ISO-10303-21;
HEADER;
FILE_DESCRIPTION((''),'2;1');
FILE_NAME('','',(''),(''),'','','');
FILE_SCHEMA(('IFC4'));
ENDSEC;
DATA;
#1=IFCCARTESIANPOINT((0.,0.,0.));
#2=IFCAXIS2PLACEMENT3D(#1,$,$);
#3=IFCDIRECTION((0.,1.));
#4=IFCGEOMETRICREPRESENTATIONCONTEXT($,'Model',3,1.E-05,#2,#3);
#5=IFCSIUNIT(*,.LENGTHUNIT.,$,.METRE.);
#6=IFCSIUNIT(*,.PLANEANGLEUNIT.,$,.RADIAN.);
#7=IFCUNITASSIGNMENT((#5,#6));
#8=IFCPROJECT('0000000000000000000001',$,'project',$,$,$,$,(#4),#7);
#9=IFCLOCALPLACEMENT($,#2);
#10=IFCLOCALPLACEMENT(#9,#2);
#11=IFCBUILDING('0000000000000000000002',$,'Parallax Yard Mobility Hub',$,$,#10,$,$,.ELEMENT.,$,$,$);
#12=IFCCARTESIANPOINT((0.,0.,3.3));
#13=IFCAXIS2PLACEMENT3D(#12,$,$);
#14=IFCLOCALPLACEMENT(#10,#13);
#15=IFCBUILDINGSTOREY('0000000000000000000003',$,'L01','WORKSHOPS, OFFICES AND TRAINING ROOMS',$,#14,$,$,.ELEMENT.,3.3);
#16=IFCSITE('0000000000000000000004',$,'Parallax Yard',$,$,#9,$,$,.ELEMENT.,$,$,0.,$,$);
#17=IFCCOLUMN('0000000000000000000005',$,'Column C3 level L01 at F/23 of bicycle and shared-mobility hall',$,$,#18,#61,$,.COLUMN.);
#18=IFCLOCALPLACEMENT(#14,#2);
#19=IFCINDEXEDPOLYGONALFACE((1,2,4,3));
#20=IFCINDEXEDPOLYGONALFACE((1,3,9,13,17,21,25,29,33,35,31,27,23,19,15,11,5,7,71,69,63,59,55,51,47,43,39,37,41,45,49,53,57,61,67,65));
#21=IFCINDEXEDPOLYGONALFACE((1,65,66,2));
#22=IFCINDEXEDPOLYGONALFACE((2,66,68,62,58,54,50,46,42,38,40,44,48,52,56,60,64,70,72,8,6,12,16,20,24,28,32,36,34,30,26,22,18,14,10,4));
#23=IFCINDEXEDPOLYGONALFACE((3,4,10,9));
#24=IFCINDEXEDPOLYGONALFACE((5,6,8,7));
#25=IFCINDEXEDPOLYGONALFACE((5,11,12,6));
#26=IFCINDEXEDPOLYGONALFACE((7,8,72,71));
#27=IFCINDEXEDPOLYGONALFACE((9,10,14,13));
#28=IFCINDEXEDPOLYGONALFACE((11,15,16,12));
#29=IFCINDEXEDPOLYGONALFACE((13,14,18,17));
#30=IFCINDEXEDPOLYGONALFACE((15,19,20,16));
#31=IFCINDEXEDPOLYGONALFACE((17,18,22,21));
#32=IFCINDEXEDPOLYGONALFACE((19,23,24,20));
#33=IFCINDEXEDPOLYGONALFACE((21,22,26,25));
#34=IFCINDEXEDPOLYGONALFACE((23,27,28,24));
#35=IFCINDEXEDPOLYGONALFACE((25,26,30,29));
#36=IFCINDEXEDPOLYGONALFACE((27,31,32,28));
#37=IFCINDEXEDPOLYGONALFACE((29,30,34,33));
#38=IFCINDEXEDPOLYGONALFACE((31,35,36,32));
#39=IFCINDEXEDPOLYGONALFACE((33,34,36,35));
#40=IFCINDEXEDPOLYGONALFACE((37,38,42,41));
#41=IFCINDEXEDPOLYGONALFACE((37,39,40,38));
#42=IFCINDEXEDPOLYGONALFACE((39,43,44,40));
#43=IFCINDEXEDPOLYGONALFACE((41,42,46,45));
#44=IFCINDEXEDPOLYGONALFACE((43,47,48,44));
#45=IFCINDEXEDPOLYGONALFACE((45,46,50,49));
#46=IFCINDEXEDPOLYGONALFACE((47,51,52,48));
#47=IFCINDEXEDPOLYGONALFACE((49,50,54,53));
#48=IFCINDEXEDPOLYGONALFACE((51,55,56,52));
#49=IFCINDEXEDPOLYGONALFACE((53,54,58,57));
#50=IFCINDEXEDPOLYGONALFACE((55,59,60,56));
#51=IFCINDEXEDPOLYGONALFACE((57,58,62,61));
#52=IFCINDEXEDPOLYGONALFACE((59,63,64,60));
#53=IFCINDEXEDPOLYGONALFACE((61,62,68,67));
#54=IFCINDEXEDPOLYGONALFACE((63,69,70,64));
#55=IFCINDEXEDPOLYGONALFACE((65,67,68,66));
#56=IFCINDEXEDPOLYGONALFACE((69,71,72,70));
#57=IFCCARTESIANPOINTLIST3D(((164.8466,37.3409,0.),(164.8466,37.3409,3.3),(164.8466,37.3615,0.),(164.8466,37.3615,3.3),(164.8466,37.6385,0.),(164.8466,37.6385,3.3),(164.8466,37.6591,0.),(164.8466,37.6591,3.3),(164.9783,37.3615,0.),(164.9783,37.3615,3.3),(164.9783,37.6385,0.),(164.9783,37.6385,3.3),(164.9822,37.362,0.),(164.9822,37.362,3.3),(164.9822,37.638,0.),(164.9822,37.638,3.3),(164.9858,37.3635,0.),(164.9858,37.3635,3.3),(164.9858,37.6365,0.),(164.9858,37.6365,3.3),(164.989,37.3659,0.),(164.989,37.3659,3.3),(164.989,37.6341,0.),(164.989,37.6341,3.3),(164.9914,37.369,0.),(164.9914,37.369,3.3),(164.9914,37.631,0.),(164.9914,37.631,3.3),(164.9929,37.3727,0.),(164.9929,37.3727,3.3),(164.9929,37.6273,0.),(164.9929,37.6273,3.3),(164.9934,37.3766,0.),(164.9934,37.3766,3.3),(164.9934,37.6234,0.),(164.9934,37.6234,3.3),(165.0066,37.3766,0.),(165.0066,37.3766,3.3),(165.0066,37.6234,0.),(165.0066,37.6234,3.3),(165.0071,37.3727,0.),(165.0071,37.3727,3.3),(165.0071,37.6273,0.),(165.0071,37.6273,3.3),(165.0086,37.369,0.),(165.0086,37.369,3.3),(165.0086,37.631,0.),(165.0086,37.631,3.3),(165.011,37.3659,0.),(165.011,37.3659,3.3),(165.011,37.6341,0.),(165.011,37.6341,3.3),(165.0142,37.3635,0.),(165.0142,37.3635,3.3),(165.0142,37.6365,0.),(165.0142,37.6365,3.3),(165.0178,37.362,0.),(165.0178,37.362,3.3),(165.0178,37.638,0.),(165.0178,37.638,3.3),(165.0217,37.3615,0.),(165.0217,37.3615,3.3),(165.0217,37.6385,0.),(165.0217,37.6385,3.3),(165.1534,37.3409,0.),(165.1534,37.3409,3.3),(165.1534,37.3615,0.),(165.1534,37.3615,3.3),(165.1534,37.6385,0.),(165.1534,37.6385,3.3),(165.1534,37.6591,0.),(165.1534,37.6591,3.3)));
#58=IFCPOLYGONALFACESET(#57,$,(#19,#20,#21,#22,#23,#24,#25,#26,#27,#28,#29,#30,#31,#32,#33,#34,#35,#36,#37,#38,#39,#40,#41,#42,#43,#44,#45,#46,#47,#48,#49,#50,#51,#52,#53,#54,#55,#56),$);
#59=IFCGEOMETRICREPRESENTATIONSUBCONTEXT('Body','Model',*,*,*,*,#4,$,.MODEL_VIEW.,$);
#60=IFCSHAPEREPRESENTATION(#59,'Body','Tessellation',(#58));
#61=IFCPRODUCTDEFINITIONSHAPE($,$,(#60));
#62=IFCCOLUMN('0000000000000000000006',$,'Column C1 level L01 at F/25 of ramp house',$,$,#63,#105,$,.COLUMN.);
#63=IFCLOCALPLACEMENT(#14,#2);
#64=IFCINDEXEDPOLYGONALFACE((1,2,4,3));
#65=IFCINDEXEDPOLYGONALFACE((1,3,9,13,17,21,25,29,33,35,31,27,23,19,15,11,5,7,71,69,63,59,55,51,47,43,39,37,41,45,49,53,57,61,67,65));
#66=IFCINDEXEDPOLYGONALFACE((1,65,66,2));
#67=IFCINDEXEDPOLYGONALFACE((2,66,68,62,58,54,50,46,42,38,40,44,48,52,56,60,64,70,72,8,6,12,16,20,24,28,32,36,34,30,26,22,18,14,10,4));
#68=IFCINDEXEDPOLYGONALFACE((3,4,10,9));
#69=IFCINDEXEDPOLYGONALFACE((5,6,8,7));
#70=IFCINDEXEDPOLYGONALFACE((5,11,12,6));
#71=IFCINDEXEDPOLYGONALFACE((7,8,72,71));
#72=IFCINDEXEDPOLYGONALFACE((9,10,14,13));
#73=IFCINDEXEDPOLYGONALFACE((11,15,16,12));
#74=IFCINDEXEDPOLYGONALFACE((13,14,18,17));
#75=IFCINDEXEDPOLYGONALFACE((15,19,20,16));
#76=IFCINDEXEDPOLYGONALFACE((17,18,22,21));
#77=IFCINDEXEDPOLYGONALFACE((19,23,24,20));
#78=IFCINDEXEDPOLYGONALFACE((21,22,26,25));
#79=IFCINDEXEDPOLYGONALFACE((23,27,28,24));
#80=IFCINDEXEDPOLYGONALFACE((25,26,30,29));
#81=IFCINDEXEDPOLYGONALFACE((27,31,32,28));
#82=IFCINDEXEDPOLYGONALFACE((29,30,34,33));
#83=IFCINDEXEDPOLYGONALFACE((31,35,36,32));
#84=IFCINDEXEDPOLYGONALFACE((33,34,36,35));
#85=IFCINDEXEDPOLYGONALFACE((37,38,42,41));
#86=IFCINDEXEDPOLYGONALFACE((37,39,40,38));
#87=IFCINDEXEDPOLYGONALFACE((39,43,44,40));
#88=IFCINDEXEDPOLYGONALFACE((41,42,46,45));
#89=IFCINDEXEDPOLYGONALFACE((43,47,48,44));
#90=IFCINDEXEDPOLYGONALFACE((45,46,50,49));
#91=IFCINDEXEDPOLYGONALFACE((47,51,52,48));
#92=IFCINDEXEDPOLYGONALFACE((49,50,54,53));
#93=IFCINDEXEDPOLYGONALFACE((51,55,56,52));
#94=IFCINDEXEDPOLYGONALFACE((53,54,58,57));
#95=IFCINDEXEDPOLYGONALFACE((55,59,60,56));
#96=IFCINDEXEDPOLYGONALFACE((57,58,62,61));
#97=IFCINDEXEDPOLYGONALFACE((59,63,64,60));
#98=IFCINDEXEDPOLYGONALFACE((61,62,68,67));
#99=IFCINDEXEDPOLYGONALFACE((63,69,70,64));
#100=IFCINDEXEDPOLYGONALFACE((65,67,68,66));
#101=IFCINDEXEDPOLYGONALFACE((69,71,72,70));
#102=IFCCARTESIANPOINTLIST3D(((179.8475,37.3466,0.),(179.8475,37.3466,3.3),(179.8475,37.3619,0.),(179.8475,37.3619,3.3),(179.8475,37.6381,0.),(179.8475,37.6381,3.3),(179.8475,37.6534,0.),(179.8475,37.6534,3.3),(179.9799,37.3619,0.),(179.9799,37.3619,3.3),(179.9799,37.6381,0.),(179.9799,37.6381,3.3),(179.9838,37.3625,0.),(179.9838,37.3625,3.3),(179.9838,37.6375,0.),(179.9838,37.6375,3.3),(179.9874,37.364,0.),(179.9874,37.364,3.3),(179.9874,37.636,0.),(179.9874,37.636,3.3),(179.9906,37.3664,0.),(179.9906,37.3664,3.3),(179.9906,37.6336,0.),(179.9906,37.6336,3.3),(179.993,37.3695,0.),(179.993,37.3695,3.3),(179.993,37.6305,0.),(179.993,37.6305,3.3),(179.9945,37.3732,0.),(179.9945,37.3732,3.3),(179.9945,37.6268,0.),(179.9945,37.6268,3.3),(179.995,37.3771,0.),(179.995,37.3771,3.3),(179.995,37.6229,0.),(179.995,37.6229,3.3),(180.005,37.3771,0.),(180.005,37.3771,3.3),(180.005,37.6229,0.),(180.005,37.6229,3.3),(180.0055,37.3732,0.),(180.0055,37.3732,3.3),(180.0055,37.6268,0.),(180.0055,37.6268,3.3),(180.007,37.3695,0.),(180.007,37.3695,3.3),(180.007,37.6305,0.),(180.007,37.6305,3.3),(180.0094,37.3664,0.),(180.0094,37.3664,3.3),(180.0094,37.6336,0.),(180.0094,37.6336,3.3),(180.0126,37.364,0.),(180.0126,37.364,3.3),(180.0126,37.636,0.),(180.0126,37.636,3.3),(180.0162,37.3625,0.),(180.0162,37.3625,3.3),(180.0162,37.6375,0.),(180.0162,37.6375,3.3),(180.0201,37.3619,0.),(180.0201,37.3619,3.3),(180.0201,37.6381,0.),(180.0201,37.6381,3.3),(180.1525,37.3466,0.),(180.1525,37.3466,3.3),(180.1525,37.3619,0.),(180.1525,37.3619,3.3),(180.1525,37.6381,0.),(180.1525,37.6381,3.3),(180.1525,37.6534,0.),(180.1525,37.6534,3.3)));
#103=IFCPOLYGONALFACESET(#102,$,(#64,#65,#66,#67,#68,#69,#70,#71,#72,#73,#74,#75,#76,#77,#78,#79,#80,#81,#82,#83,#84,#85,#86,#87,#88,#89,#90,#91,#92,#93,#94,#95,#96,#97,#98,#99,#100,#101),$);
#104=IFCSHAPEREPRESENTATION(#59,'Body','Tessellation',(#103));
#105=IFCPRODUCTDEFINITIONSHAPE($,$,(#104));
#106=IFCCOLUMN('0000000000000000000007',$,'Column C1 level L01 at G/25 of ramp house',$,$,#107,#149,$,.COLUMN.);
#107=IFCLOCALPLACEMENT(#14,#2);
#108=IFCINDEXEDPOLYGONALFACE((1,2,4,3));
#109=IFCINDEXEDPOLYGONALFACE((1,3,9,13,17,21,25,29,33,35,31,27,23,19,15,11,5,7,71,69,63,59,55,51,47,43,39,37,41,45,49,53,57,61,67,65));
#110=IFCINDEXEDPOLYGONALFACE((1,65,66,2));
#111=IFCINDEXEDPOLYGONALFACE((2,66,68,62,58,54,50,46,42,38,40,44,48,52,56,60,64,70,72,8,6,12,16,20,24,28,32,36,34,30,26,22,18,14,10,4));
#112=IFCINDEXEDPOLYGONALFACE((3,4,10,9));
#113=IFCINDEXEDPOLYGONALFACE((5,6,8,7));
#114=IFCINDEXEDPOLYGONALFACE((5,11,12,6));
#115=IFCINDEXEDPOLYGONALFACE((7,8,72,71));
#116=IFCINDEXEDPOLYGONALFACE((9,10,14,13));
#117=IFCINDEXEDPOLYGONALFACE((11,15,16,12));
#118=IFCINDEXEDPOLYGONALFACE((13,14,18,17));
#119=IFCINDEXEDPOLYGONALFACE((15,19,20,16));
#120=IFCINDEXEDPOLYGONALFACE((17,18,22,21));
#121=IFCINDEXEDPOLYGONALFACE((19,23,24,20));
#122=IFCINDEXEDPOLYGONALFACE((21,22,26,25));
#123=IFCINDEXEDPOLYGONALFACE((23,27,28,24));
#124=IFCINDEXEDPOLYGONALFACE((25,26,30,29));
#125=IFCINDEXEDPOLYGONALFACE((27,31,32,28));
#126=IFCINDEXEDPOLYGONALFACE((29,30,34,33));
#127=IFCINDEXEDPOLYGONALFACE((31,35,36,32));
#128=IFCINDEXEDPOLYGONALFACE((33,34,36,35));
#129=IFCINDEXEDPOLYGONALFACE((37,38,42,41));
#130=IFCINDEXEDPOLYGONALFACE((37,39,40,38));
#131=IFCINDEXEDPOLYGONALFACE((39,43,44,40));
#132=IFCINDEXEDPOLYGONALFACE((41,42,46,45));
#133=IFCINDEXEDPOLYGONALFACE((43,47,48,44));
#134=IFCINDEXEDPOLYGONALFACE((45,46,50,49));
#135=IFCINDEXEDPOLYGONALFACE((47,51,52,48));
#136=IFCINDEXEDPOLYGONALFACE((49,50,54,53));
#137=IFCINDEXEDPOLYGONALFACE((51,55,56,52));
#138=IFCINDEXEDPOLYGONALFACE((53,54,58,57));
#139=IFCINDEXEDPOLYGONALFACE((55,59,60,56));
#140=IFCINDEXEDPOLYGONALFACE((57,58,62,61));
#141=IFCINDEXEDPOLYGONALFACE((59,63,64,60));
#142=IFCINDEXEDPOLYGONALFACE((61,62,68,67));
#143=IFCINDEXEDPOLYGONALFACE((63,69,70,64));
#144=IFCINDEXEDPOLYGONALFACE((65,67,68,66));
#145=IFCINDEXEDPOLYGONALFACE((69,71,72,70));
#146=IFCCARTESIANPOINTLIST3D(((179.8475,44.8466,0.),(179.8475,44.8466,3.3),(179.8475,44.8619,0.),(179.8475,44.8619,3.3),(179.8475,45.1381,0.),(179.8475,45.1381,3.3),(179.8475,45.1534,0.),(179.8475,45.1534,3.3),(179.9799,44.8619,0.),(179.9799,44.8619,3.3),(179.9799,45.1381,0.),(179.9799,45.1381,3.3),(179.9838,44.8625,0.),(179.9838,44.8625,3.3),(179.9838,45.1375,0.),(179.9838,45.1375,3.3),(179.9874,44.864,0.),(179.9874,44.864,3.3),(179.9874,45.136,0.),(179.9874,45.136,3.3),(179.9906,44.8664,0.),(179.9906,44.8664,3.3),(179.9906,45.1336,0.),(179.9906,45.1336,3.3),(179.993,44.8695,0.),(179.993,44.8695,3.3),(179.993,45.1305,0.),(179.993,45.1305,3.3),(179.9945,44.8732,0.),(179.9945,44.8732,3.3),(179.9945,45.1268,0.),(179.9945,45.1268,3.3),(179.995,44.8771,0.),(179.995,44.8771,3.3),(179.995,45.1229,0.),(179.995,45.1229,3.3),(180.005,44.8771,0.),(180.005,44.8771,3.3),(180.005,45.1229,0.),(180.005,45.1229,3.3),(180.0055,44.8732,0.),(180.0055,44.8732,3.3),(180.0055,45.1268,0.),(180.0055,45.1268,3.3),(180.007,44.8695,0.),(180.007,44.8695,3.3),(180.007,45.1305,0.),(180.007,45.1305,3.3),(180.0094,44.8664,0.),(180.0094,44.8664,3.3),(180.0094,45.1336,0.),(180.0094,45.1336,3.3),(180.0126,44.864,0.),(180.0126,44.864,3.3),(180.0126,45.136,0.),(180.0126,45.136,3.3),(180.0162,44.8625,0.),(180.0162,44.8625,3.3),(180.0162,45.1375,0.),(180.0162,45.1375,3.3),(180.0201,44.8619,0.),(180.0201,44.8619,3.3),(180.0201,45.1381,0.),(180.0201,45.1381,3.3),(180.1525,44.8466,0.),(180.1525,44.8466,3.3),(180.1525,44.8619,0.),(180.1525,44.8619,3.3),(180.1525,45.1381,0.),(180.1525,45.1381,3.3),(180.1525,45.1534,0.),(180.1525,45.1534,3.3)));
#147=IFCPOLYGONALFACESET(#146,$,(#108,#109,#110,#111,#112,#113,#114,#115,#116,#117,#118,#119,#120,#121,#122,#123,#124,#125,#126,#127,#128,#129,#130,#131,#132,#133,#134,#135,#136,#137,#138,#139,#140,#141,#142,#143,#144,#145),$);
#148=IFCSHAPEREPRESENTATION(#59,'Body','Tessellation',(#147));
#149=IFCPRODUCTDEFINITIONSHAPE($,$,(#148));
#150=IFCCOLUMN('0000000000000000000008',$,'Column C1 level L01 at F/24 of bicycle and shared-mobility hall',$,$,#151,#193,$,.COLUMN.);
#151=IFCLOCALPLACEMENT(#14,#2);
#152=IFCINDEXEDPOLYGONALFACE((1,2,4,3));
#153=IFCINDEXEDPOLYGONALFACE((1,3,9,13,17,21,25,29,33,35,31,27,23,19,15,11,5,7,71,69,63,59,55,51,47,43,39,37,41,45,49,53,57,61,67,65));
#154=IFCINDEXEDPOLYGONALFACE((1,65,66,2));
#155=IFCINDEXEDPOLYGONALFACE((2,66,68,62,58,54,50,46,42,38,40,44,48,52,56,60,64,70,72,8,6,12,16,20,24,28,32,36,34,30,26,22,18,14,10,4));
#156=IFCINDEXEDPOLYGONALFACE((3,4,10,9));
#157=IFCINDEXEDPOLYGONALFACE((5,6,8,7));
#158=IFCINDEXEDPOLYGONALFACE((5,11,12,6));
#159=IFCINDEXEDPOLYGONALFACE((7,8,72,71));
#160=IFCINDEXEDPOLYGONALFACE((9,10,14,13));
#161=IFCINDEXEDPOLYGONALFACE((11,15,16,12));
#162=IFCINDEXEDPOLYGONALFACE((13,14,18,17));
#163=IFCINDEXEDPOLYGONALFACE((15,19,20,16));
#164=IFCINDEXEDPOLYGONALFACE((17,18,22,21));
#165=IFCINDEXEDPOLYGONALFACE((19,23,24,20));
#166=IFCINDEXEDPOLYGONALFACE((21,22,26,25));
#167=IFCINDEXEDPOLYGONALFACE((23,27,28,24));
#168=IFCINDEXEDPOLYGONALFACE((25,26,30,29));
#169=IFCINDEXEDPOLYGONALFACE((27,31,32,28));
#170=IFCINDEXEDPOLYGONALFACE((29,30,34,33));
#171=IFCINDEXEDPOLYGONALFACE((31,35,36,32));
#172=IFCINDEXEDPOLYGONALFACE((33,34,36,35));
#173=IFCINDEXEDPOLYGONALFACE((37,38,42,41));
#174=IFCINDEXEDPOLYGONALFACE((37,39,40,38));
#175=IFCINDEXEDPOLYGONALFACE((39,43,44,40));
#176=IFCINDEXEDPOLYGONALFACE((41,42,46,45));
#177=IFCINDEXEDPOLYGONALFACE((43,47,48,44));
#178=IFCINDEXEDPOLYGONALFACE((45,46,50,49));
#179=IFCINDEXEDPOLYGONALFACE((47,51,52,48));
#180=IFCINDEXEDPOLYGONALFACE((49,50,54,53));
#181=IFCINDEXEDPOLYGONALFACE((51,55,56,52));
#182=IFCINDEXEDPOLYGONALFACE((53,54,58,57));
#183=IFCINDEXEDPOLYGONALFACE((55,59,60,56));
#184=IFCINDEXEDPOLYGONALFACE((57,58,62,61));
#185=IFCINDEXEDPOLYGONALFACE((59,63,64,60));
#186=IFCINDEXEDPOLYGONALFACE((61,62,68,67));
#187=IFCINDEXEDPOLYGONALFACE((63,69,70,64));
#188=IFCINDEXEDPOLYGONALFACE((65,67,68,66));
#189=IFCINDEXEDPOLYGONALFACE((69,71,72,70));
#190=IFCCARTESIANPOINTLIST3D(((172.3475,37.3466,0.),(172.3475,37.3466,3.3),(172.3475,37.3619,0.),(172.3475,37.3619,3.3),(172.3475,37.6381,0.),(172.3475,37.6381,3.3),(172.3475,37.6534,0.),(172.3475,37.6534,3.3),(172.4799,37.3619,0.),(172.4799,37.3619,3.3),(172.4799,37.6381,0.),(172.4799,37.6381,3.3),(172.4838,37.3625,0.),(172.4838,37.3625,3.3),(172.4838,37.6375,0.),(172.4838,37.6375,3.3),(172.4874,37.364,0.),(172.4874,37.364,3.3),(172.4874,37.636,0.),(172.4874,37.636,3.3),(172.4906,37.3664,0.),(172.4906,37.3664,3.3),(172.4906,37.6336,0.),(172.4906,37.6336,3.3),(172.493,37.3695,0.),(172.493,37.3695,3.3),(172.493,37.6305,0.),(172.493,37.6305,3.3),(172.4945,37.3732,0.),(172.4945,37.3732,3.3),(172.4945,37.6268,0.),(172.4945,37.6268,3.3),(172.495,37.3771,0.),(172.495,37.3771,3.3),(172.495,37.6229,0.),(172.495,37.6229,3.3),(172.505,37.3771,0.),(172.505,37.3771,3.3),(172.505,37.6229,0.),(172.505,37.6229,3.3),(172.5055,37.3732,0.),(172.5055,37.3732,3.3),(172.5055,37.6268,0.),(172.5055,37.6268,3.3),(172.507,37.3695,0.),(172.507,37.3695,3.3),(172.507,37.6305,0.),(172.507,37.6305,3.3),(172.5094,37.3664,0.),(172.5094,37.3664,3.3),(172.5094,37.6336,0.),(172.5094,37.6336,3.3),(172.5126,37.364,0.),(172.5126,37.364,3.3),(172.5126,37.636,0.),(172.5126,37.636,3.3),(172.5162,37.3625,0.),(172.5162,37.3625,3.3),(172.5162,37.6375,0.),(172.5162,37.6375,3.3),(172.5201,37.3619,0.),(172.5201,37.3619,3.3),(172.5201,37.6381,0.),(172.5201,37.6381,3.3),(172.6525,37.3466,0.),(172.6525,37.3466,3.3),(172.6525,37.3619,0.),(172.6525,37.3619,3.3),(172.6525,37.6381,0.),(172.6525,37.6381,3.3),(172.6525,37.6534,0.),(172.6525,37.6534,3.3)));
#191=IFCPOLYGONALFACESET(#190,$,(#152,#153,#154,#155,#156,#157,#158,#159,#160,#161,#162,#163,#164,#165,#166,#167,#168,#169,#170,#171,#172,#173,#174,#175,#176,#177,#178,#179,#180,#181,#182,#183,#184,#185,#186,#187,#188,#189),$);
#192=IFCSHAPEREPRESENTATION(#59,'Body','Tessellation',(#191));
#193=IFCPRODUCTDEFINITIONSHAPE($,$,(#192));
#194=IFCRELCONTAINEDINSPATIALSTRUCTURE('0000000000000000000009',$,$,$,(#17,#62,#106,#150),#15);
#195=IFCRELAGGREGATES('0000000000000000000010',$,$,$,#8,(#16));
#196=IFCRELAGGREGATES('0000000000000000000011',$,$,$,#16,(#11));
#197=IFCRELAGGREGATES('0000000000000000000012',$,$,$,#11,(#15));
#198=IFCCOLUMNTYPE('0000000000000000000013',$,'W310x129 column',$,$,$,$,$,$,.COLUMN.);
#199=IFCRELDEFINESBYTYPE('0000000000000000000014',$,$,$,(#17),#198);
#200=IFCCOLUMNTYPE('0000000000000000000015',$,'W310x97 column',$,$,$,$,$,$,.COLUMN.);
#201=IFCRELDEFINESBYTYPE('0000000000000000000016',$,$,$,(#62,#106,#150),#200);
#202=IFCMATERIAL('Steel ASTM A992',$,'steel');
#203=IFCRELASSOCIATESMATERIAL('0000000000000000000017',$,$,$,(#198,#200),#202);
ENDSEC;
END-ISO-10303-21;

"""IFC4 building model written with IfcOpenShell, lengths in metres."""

from ifc_helpers import new_model, si_unit, direction, frame, origin, origin_2d, place, context, subcontext, project, spatial, i_section, extrude, material, material_profile, profile_set, type_object, element, save


model = new_model("IFC4")

# Units and contexts
model_context = context("Model", 3, precision=1e-05, world=origin(), true_north=direction((0.0, 1.0)))
body_context = subcontext(model_context, "Body", "Model", "MODEL_VIEW")
ifc_project = project(units=[si_unit("LENGTHUNIT", "METRE"), si_unit("PLANEANGLEUNIT", "RADIAN")], contexts=[model_context])

# Site, building, storey
site_placement = place(None, origin())
site = spatial("IfcSite", under=ifc_project, at=site_placement, Name="Parallax Yard", CompositionType="ELEMENT", RefElevation=0.0)
building_placement = place(site_placement, origin())
building = spatial("IfcBuilding", under=site, at=building_placement, Name="Parallax Yard Mobility Hub", CompositionType="ELEMENT")
storey_placement = place(building_placement, frame((0.0, 0.0, 3.3)))
storey = spatial("IfcBuildingStorey", under=building, at=storey_placement, Name="L01", Description="WORKSHOPS, OFFICES AND TRAINING ROOMS", CompositionType="ELEMENT", Elevation=3.3)

# Columns
ifc_material_1 = material(Name="Steel ASTM A992", Category="steel")
ifc_material_profile_1 = material_profile(ifc_material_1, i_section(OverallWidth=0.3069, OverallDepth=0.3181, WebThickness=0.0132, FlangeThickness=0.0205, FilletRadius=0.0151, at=origin_2d()), Name="W310x129")
ifc_profile_set_1 = profile_set([ifc_material_profile_1], Name="Steel ASTM A992")
column_type_1 = type_object("IfcColumnType", Name="W310x129 column", PredefinedType="COLUMN", material=ifc_profile_set_1)
column_placement = place(storey_placement, frame((165.0, 37.5, 0.0), z_axis=(0.0, 0.0, 1.0), x_axis=(1.0, 0.0, 0.0)))
element("IfcColumn", 1, at=column_placement, inside=storey, type_object=column_type_1, Name="Column C3 level L01 at F/23 of bicycle and shared-mobility hall", PredefinedType="COLUMN", context=body_context, shape_type="SweptSolid", body=[
    extrude(i_section(OverallWidth=0.3069, OverallDepth=0.3181, WebThickness=0.0132, FlangeThickness=0.0205, FilletRadius=0.0151, at=origin_2d()), origin(), (0.0, 0.0, 1.0), 3.3),
])
ifc_material_profile_2 = material_profile(ifc_material_1, i_section(OverallWidth=0.3049, OverallDepth=0.3069, WebThickness=0.01, FlangeThickness=0.0154, FilletRadius=0.0151, at=origin_2d()), Name="W310x97")
ifc_profile_set_2 = profile_set([ifc_material_profile_2], Name="Steel ASTM A992")
column_type_2 = type_object("IfcColumnType", Name="W310x97 column", PredefinedType="COLUMN", material=ifc_profile_set_2)
for number, where, z_axis, x_axis, name in (
    (2, (180.0, 37.5, 0.0), (0.0, 0.0, 1.0), (1.0, 0.0, 0.0), "Column C1 level L01 at F/25 of ramp house"),
    (3, (180.0, 45.0, 0.0), (0.0, 0.0, 1.0), (1.0, 0.0, 0.0), "Column C1 level L01 at G/25 of ramp house"),
    (4, (172.5, 37.5, 0.0), (0.0, 0.0, 1.0), (1.0, 0.0, 0.0), "Column C1 level L01 at F/24 of bicycle and shared-mobility hall"),
):
    element("IfcColumn", number, at=place(storey_placement, frame(where, z_axis=z_axis, x_axis=x_axis)), inside=storey, type_object=column_type_2, Name=name, PredefinedType="COLUMN", context=body_context, shape_type="SweptSolid", body=[
        extrude(i_section(OverallWidth=0.3049, OverallDepth=0.3069, WebThickness=0.01, FlangeThickness=0.0154, FilletRadius=0.0151, at=origin_2d()), origin(), (0.0, 0.0, 1.0), 3.3),
    ])

save(model, "model.ifc")
